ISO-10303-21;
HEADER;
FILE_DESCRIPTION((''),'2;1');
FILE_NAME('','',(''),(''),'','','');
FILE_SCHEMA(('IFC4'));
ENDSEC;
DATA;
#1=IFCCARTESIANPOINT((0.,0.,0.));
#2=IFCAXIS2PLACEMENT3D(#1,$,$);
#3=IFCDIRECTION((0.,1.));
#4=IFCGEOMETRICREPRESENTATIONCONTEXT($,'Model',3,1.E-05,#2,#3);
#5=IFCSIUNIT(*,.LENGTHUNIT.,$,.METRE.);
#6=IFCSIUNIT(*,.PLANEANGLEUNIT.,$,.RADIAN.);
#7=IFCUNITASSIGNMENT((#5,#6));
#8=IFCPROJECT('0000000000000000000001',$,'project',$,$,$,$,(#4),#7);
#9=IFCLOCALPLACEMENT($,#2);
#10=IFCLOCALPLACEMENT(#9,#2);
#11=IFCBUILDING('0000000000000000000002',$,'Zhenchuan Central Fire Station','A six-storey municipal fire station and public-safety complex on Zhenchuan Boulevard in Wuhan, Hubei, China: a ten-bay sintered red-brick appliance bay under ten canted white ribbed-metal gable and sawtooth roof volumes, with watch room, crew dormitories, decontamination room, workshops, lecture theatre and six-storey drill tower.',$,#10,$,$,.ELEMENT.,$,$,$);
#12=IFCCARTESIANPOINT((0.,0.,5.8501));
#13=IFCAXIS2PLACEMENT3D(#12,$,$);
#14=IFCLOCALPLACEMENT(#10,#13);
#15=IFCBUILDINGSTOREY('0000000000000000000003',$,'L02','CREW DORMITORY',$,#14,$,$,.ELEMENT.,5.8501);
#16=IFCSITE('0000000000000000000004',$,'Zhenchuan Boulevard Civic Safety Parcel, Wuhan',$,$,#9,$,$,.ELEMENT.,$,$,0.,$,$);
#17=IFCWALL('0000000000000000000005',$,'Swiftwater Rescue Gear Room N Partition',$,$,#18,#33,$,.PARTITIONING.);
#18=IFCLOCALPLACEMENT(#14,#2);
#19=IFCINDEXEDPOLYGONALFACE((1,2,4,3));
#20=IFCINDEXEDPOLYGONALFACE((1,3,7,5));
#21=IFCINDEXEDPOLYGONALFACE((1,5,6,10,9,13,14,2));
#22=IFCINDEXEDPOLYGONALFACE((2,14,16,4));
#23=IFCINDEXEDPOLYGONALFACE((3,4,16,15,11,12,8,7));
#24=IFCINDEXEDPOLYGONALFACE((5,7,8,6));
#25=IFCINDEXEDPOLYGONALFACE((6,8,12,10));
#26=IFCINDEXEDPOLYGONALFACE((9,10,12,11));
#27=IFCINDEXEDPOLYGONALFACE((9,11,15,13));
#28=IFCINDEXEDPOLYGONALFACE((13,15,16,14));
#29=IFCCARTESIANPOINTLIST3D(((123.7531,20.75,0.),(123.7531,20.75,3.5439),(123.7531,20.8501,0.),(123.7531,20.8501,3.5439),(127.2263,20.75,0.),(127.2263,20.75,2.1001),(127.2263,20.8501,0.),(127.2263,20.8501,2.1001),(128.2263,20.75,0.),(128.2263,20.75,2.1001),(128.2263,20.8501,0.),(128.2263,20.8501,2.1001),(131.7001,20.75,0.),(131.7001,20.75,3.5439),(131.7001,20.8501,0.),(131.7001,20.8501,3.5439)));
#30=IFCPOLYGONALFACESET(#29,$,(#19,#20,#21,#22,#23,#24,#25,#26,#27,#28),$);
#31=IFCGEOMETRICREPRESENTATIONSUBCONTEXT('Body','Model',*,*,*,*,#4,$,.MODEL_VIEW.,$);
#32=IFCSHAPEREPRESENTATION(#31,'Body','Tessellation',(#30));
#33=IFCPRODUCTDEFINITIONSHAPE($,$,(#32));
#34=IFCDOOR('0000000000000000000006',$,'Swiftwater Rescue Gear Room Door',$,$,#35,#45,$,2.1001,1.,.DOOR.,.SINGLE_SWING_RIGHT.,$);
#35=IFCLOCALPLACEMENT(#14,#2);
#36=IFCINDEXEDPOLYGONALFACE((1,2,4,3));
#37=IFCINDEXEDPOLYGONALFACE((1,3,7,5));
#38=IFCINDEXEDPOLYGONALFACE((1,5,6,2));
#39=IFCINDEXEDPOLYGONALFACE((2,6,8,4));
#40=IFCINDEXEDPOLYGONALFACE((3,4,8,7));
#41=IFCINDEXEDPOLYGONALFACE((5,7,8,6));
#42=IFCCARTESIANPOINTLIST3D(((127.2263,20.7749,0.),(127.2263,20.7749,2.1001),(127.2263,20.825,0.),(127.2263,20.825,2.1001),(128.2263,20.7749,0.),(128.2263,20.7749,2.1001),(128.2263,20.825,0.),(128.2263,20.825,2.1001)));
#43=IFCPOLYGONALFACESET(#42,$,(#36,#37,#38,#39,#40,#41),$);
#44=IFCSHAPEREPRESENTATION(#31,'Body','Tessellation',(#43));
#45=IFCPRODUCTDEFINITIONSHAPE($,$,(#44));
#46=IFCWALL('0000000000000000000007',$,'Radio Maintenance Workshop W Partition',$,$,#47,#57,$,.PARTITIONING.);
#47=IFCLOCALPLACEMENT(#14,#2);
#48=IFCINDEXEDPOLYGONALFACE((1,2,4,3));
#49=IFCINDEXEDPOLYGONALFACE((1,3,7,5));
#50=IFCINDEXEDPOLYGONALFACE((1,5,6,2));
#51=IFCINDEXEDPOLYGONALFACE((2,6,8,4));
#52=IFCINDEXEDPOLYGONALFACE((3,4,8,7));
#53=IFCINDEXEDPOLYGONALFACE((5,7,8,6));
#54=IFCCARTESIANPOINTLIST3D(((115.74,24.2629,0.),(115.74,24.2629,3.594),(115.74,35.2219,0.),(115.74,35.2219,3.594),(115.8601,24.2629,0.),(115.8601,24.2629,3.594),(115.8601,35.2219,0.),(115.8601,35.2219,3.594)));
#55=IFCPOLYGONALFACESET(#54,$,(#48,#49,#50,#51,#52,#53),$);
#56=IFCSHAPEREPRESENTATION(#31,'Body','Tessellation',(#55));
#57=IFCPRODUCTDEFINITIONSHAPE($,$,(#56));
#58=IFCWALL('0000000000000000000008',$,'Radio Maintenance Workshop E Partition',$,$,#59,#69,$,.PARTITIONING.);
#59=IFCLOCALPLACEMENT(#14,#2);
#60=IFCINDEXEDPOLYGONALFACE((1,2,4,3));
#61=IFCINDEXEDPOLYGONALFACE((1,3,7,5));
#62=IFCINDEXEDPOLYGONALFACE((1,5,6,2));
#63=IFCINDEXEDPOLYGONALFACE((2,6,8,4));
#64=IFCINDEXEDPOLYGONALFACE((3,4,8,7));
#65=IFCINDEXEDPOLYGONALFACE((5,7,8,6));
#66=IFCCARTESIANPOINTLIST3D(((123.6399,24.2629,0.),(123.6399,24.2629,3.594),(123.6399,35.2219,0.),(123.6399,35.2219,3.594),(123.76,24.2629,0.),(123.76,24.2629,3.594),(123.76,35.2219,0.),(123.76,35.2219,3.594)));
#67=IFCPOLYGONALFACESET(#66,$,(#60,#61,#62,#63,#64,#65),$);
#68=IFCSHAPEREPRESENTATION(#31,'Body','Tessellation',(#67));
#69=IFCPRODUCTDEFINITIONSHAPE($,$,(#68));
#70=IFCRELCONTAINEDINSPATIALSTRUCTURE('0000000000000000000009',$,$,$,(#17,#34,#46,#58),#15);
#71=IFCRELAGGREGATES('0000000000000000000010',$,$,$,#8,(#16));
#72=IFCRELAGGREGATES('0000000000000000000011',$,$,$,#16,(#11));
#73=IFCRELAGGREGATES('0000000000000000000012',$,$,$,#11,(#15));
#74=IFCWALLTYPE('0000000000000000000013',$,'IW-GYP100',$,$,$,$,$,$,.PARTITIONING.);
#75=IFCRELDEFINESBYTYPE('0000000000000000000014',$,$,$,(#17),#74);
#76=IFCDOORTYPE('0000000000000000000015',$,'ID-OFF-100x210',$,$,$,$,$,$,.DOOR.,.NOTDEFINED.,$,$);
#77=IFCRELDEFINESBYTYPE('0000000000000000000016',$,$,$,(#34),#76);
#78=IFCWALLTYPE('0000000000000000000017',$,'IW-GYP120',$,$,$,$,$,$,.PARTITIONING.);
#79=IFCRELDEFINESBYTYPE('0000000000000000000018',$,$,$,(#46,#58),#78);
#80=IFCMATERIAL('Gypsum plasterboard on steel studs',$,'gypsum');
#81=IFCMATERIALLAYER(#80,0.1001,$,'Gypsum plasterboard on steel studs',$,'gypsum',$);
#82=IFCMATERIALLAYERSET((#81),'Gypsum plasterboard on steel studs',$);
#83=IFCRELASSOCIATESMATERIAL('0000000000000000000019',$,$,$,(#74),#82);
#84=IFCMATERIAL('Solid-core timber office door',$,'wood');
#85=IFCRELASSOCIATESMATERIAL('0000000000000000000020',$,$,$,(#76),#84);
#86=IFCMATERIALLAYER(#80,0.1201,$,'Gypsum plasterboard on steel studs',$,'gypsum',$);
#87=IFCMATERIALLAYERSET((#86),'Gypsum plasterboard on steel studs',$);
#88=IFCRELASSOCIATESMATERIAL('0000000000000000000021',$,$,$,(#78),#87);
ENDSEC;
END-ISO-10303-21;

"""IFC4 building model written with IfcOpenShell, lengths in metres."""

from ifc_helpers import new_model, si_unit, direction, frame, frame_2d, origin, place, context, subcontext, project, spatial, rectangle, extrude, material, layer, layer_set, type_object, element, fill, save


model = new_model("IFC4")

# Units and contexts
model_context = context("Model", 3, precision=1e-05, world=origin(), true_north=direction((0.0, 1.0)))
body_context = subcontext(model_context, "Body", "Model", "MODEL_VIEW")
ifc_project = project(units=[si_unit("LENGTHUNIT", "METRE"), si_unit("PLANEANGLEUNIT", "RADIAN")], contexts=[model_context])

# Site, building, storey
site_placement = place(None, origin())
site = spatial("IfcSite", under=ifc_project, at=site_placement, Name="Zhenchuan Boulevard Civic Safety Parcel, Wuhan", CompositionType="ELEMENT", RefElevation=0.0)
building_placement = place(site_placement, origin())
building = spatial("IfcBuilding", under=site, at=building_placement, Name="Zhenchuan Central Fire Station", Description="A six-storey municipal fire station and public-safety complex on Zhenchuan Boulevard in Wuhan, Hubei, China: a ten-bay sintered red-brick appliance bay under ten canted white ribbed-metal gable and sawtooth roof volumes, with watch room, crew dormitories, decontamination room, workshops, lecture theatre and six-storey drill tower.", CompositionType="ELEMENT")
storey_placement = place(building_placement, frame((0.0, 0.0, 5.8501)))
storey = spatial("IfcBuildingStorey", under=building, at=storey_placement, Name="L02", Description="CREW DORMITORY", CompositionType="ELEMENT", Elevation=5.8501)

# Shared definitions
ifc_material_1 = material(Name="Gypsum plasterboard on steel studs", Category="gypsum")
ifc_layer_1 = layer(ifc_material_1, 0.1001, Name="Gypsum plasterboard on steel studs", Category="gypsum")
ifc_layer_set_1 = layer_set([ifc_layer_1], Name="Gypsum plasterboard on steel studs")
wall_type_1 = type_object("IfcWallType", Name="IW-GYP100", PredefinedType="PARTITIONING", material=ifc_layer_set_1)

# Wall, opening, door
wall_1_placement = place(storey_placement, frame((123.7529, 20.8, 0.0), z_axis=(0.0, 0.0, 1.0), x_axis=(1.0, 0.0, 0.0)))
wall_1 = element("IfcWall", 1, at=wall_1_placement, inside=storey, type_object=wall_type_1, Name="Swiftwater Rescue Gear Room N Partition", PredefinedType="PARTITIONING", context=body_context, shape_type="SweptSolid", body=[
    extrude(rectangle(XDim=7.947, YDim=0.1001, at=frame_2d((3.9736, 0.0))), origin(), (0.0, 0.0, 1.0), 3.5439),
])
opening_placement = place(wall_1_placement, frame((3.4734, 0.0, 0.0)))
opening = element("IfcOpeningElement", 2, at=opening_placement, cuts=wall_1, PredefinedType="OPENING", context=body_context, shape_type="SweptSolid", body=[
    extrude(rectangle(XDim=1.0, YDim=2.1001, at=frame_2d((0.5, 1.05))), frame((0.0, 0.0601, 0.0), z_axis=(0.0, -1.0, 0.0), x_axis=(1.0, 0.0, 0.0)), (0.0, 0.0, 1.0), 0.1201),
])
ifc_material_2 = material(Name="Solid-core timber office door", Category="wood")
door_type = type_object("IfcDoorType", Name="ID-OFF-100x210", OperationType="NOTDEFINED", PredefinedType="DOOR", material=ifc_material_2)
door_placement = place(opening_placement, origin())
door = element("IfcDoor", 3, at=door_placement, inside=storey, type_object=door_type, Name="Swiftwater Rescue Gear Room Door", OperationType="SINGLE_SWING_RIGHT", OverallHeight=2.1001, OverallWidth=1.0, PredefinedType="DOOR", context=body_context, shape_type="SweptSolid", body=[
    extrude(rectangle(XDim=1.0, YDim=2.1001, at=frame_2d((0.5, 1.05))), frame((0.0, 0.0249, 0.0), z_axis=(0.0, -1.0, 0.0), x_axis=(1.0, 0.0, 0.0)), (0.0, 0.0, 1.0), 0.05),
])
fill(opening, door)

# Walls
ifc_layer_2 = layer(ifc_material_1, 0.1201, Name="Gypsum plasterboard on steel studs", Category="gypsum")
ifc_layer_set_2 = layer_set([ifc_layer_2], Name="Gypsum plasterboard on steel studs")
wall_type_2 = type_object("IfcWallType", Name="IW-GYP120", PredefinedType="PARTITIONING", material=ifc_layer_set_2)
for number, where, z_axis, x_axis, name in (
    (4, (115.8, 24.2629, 0.0), (0.0, 0.0, 1.0), (0.0, 1.0, 0.0), "Radio Maintenance Workshop W Partition"),
    (5, (123.7, 24.2629, 0.0), (0.0, 0.0, 1.0), (0.0, 1.0, 0.0), "Radio Maintenance Workshop E Partition"),
):
    element("IfcWall", number, at=place(storey_placement, frame(where, z_axis=z_axis, x_axis=x_axis)), inside=storey, type_object=wall_type_2, Name=name, PredefinedType="PARTITIONING", context=body_context, shape_type="SweptSolid", body=[
        extrude(rectangle(XDim=10.959, YDim=0.1201, at=frame_2d((5.4795, 0.0))), origin(), (0.0, 0.0, 1.0), 3.594),
    ])

save(model, "model.ifc")
